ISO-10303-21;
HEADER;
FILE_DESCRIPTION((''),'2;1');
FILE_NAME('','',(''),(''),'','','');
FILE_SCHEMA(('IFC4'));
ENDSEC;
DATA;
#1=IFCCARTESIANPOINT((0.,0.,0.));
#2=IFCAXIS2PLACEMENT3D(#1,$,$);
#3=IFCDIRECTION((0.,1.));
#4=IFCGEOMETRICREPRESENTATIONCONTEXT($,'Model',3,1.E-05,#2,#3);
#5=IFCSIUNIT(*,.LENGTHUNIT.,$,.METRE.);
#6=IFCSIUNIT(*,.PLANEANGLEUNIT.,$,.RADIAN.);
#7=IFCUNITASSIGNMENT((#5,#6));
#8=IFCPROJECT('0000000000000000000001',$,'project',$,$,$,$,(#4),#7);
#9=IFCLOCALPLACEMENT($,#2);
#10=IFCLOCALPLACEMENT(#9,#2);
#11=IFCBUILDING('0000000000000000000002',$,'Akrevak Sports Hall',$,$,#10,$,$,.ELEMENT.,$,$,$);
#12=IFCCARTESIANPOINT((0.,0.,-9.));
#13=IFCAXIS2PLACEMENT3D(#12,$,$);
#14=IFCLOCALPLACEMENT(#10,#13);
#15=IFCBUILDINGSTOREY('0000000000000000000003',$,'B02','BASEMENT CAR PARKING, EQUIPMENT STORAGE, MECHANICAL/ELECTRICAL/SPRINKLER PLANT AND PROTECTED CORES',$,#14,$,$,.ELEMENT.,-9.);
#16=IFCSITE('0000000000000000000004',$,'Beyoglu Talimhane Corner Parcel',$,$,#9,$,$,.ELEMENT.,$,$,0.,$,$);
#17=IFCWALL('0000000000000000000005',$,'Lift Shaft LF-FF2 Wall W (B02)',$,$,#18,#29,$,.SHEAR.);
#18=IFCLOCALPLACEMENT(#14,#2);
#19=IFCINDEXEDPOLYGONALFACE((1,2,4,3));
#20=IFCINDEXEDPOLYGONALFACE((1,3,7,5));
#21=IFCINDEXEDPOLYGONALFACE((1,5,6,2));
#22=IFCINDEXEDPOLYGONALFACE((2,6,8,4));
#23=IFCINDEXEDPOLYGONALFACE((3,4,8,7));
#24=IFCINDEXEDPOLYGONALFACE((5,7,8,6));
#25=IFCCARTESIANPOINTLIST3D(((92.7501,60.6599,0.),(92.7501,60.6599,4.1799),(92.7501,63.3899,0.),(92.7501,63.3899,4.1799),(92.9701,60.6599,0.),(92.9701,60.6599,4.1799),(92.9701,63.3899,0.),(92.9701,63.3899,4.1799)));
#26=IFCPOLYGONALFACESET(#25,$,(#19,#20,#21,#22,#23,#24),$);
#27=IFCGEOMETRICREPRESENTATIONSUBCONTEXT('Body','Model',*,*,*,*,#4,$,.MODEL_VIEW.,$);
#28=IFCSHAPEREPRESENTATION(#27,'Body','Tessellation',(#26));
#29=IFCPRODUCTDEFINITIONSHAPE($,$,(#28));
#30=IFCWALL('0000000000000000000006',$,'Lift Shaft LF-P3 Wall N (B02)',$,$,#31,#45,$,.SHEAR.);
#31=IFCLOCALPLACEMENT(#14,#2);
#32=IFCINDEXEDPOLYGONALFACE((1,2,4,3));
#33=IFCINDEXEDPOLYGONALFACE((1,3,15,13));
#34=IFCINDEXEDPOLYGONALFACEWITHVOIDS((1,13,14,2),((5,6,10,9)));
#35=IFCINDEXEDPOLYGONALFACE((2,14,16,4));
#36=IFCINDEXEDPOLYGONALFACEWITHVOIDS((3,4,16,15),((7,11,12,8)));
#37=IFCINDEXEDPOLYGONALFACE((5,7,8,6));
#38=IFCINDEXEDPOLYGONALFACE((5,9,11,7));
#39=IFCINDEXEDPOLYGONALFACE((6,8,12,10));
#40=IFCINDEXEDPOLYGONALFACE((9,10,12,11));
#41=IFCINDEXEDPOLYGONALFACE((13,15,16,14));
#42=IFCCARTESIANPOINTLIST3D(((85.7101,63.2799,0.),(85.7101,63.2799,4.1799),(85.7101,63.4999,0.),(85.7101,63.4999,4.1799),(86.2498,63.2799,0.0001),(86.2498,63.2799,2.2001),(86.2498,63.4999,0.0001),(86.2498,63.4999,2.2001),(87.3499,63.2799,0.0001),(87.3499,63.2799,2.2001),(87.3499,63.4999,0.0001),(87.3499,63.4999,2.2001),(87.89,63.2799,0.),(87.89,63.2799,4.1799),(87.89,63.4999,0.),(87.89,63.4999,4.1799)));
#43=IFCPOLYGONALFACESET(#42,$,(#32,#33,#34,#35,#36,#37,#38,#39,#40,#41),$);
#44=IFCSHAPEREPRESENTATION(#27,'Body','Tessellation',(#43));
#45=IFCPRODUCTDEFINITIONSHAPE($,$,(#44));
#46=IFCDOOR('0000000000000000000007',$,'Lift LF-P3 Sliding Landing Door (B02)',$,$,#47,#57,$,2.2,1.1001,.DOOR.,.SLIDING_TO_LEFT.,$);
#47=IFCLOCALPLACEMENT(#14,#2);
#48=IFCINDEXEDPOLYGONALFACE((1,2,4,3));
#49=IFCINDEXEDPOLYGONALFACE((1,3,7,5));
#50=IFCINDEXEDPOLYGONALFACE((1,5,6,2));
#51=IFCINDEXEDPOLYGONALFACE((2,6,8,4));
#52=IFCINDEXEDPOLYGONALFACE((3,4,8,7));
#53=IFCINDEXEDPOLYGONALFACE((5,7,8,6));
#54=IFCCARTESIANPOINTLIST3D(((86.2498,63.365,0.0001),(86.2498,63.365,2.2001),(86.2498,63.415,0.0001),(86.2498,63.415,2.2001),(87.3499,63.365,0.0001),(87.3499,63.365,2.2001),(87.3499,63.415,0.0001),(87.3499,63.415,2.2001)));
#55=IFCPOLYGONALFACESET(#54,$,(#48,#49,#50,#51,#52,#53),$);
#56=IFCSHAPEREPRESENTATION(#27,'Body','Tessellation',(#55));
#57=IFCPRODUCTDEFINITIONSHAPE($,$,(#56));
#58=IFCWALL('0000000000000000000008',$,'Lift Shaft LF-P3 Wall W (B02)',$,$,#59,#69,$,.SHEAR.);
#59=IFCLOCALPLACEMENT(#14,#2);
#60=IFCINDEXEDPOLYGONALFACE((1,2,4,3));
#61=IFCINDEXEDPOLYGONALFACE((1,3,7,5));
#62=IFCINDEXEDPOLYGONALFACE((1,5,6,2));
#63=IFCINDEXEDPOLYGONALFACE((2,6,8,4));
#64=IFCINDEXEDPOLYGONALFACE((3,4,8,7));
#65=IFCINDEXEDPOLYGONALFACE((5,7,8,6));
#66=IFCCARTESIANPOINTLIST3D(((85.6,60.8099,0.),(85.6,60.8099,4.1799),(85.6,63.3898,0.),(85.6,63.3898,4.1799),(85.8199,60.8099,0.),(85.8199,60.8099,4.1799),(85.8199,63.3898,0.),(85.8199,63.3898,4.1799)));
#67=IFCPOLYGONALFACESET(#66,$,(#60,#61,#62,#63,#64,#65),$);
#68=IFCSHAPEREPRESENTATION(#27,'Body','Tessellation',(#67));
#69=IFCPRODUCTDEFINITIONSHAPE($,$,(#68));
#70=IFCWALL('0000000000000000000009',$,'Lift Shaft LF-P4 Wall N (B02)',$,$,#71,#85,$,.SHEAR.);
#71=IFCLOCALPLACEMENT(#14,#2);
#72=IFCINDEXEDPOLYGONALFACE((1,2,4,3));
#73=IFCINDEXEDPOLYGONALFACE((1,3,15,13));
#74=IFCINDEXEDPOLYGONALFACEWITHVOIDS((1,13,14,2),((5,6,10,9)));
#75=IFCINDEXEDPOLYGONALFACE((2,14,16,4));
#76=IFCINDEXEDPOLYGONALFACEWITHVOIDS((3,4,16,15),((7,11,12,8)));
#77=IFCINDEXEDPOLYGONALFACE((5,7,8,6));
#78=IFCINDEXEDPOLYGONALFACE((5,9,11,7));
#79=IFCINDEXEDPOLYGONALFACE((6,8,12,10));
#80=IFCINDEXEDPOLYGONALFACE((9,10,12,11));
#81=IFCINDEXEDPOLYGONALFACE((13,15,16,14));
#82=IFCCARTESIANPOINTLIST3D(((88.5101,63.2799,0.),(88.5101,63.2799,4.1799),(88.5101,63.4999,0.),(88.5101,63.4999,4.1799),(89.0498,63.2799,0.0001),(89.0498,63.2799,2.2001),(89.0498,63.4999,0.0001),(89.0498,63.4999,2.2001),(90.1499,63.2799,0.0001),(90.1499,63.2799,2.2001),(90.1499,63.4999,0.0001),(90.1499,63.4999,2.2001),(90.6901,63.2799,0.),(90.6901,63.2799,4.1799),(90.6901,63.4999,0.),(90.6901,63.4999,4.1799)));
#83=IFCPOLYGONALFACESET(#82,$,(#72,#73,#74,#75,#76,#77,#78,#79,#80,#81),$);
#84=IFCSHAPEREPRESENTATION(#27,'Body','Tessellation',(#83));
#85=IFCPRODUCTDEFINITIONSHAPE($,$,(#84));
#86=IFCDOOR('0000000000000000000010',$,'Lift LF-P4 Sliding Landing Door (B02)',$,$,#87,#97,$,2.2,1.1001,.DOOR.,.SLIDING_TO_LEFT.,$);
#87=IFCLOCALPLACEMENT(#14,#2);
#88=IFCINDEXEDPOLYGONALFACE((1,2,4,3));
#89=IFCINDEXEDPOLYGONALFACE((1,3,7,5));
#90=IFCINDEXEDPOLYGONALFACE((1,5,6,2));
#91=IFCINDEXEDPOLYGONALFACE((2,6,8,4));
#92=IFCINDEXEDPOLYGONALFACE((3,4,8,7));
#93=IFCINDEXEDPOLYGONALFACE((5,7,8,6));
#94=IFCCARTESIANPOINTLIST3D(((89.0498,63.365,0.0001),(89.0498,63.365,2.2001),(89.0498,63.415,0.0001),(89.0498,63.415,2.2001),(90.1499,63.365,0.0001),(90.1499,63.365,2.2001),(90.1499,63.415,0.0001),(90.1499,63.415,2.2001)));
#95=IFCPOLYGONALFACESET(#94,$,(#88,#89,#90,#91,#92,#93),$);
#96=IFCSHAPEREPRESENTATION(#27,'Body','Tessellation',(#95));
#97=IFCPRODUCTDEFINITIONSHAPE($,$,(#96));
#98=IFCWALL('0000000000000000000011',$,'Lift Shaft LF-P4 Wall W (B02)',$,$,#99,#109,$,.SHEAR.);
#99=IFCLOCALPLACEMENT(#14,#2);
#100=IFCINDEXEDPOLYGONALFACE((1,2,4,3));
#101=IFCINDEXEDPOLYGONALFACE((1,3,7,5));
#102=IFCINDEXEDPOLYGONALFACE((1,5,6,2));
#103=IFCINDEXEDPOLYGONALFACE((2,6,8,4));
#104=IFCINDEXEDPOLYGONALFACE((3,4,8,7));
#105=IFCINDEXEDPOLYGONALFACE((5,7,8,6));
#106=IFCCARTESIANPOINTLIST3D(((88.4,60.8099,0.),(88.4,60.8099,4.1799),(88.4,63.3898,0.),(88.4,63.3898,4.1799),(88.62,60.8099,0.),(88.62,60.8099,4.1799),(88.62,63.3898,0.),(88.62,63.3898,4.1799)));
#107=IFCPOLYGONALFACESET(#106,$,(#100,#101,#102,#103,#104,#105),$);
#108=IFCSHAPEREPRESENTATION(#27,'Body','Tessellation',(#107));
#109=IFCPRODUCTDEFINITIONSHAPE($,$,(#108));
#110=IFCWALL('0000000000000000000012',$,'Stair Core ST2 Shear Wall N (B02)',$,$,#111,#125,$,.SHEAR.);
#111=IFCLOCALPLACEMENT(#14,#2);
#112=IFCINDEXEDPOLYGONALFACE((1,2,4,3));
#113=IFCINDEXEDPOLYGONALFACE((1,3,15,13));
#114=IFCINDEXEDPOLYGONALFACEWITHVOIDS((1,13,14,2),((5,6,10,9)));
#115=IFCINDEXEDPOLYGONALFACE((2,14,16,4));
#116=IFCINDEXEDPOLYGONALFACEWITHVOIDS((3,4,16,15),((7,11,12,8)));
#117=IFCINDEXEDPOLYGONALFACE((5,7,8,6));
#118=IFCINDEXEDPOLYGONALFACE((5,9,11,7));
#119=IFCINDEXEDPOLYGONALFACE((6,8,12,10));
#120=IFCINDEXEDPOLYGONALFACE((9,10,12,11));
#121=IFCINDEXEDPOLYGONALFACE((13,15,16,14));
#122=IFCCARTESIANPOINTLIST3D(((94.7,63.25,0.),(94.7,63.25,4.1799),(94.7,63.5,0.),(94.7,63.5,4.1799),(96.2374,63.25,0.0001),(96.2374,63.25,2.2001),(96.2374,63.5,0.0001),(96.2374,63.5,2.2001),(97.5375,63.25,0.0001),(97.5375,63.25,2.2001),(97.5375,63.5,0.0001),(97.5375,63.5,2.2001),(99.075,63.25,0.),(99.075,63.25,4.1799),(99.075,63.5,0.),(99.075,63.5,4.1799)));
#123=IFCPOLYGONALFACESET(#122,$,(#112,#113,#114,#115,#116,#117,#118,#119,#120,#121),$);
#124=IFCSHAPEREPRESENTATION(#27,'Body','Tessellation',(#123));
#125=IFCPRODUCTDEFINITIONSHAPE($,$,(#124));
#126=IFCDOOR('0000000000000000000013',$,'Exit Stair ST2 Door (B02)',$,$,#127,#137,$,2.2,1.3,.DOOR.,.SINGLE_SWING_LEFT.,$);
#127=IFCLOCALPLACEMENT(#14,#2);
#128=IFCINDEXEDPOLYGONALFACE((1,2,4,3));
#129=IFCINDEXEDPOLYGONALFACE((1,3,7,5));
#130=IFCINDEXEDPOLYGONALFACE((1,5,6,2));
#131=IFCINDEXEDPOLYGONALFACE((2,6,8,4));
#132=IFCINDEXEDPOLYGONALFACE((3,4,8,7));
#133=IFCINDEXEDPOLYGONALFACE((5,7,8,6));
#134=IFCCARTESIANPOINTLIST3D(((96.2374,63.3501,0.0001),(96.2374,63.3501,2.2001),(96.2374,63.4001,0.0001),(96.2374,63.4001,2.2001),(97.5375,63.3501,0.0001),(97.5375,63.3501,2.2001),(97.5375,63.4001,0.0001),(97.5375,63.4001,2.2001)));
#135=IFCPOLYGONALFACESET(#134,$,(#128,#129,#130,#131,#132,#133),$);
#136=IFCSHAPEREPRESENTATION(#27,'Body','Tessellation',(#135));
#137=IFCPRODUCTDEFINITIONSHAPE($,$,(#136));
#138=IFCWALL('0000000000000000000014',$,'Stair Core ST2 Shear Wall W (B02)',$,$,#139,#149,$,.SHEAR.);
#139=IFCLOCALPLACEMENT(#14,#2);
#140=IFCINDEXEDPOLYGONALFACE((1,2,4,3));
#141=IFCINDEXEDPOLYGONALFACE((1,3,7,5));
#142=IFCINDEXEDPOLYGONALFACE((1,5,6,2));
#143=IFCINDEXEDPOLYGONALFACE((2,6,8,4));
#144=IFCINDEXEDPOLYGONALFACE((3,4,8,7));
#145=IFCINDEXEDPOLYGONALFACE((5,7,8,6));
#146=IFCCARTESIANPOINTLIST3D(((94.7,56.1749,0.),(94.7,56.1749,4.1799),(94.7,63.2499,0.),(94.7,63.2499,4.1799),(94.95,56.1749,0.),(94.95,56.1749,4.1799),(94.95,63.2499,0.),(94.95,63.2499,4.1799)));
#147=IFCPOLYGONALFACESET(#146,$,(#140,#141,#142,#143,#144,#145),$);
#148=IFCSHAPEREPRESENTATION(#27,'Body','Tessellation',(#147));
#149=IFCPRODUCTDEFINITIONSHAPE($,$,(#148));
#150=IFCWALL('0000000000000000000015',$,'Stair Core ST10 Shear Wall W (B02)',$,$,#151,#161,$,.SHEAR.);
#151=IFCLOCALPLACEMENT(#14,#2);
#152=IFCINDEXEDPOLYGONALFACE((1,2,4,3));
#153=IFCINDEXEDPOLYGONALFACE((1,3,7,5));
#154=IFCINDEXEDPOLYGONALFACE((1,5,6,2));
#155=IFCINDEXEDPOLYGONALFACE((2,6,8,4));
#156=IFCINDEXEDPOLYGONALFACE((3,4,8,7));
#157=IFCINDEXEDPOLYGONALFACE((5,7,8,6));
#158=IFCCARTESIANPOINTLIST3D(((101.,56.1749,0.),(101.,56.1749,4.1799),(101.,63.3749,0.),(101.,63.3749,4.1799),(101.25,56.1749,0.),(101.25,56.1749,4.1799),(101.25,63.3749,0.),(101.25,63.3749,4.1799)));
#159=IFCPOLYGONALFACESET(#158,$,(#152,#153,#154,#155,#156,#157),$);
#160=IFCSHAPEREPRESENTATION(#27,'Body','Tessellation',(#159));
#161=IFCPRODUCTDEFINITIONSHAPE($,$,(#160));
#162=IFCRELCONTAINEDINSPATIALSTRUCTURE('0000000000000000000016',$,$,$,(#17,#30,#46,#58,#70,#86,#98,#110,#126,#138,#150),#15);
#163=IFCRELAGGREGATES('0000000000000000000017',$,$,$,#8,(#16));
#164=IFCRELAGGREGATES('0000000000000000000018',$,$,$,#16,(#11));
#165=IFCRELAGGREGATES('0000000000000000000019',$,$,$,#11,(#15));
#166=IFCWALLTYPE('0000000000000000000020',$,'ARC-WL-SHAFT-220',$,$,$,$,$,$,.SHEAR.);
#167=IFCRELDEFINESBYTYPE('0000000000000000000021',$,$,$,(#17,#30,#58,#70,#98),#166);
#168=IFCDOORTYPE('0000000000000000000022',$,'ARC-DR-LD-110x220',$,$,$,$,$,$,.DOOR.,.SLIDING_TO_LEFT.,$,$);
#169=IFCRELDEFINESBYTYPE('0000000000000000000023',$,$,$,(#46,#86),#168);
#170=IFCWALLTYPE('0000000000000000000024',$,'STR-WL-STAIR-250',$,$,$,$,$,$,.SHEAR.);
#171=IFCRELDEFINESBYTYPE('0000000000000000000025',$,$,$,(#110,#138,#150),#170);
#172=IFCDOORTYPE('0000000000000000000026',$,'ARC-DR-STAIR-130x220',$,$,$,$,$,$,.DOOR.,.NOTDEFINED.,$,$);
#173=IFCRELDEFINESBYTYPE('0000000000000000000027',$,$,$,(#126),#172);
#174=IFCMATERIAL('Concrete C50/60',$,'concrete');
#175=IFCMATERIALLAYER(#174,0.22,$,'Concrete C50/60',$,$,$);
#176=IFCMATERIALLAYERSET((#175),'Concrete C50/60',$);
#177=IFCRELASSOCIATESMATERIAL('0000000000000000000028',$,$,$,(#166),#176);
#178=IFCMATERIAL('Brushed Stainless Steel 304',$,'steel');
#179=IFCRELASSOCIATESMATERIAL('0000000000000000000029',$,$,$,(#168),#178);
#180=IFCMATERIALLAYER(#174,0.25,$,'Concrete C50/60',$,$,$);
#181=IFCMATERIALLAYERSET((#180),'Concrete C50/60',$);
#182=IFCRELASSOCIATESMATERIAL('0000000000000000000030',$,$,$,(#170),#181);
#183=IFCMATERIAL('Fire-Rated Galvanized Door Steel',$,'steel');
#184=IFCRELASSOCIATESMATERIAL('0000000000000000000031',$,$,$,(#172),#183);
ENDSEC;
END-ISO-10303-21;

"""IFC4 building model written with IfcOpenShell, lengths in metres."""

from ifc_helpers import new_model, si_unit, direction, frame, frame_2d, origin, place, context, subcontext, project, spatial, rectangle, extrude, material, layer, layer_set, type_object, element, fill, save


model = new_model("IFC4")

# Units and contexts
model_context = context("Model", 3, precision=1e-05, world=origin(), true_north=direction((0.0, 1.0)))
body_context = subcontext(model_context, "Body", "Model", "MODEL_VIEW")
ifc_project = project(units=[si_unit("LENGTHUNIT", "METRE"), si_unit("PLANEANGLEUNIT", "RADIAN")], contexts=[model_context])

# Site, building, storey
site_placement = place(None, origin())
site = spatial("IfcSite", under=ifc_project, at=site_placement, Name="Beyoglu Talimhane Corner Parcel", CompositionType="ELEMENT", RefElevation=0.0)
building_placement = place(site_placement, origin())
building = spatial("IfcBuilding", under=site, at=building_placement, Name="Akrevak Sports Hall", CompositionType="ELEMENT")
storey_placement = place(building_placement, frame((0.0, 0.0, -9.0)))
storey = spatial("IfcBuildingStorey", under=building, at=storey_placement, Name="B02", Description="BASEMENT CAR PARKING, EQUIPMENT STORAGE, MECHANICAL/ELECTRICAL/SPRINKLER PLANT AND PROTECTED CORES", CompositionType="ELEMENT", Elevation=-9.0)

# Shared definitions
ifc_material_1 = material(Name="Concrete C50/60", Category="concrete")

# Shared definitions
ifc_material_2 = material(Name="Fire-Rated Galvanized Door Steel", Category="steel")

# Shared definitions
ifc_layer_1 = layer(ifc_material_1, 0.22, Name="Concrete C50/60")
ifc_layer_set_1 = layer_set([ifc_layer_1], Name="Concrete C50/60")
wall_type_1 = type_object("IfcWallType", Name="ARC-WL-SHAFT-220", PredefinedType="SHEAR", material=ifc_layer_set_1)
ifc_material_3 = material(Name="Brushed Stainless Steel 304", Category="steel")
door_type_1 = type_object("IfcDoorType", Name="ARC-DR-LD-110x220", OperationType="SLIDING_TO_LEFT", PredefinedType="DOOR", material=ifc_material_3)

# Wall
wall_1_placement = place(storey_placement, frame((92.8601, 63.3899, 0.0), z_axis=(0.0, 0.0, 1.0), x_axis=(0.0, -1.0, 0.0)))
element("IfcWall", 1, at=wall_1_placement, inside=storey, type_object=wall_type_1, Name="Lift Shaft LF-FF2 Wall W (B02)", PredefinedType="SHEAR", context=body_context, shape_type="SweptSolid", body=[
    extrude(rectangle(XDim=2.73, YDim=0.22, at=frame_2d((1.365, 0.0))), origin(), (0.0, 0.0, 1.0), 4.1799),
])

# Wall, opening, door
wall_2_placement = place(storey_placement, frame((87.8899, 63.3899, 0.0), z_axis=(0.0, 0.0, 1.0), x_axis=(-1.0, 0.0, 0.0)))
wall_2 = element("IfcWall", 2, at=wall_2_placement, inside=storey, type_object=wall_type_1, Name="Lift Shaft LF-P3 Wall N (B02)", PredefinedType="SHEAR", context=body_context, shape_type="SweptSolid", body=[
    extrude(rectangle(XDim=2.1799, YDim=0.22, at=frame_2d((1.0898, 0.0))), origin(), (0.0, 0.0, 1.0), 4.1799),
])
opening_1_placement = place(wall_2_placement, frame((0.54, 0.0, 0.0)))
opening_1 = element("IfcOpeningElement", 3, at=opening_1_placement, cuts=wall_2, PredefinedType="OPENING", context=body_context, shape_type="SweptSolid", body=[
    extrude(rectangle(XDim=1.1001, YDim=2.2, at=frame_2d((0.55, 1.1001))), frame((0.0, 0.1221, 0.0), z_axis=(0.0, -1.0, 0.0), x_axis=(1.0, 0.0, 0.0)), (0.0, 0.0, 1.0), 0.2439),
])
door_1_placement = place(opening_1_placement, origin())
door_1 = element("IfcDoor", 4, at=door_1_placement, inside=storey, type_object=door_type_1, Name="Lift LF-P3 Sliding Landing Door (B02)", OperationType="SLIDING_TO_LEFT", OverallHeight=2.2, OverallWidth=1.1001, PredefinedType="DOOR", context=body_context, shape_type="SweptSolid", body=[
    extrude(rectangle(XDim=1.1001, YDim=2.2, at=frame_2d((0.55, 1.1001))), frame((0.0, 0.0249, 0.0), z_axis=(0.0, -1.0, 0.0), x_axis=(1.0, 0.0, 0.0)), (0.0, 0.0, 1.0), 0.05),
])
fill(opening_1, door_1)

# Wall
wall_3_placement = place(storey_placement, frame((85.71, 63.3899, 0.0), z_axis=(0.0, 0.0, 1.0), x_axis=(0.0, -1.0, 0.0)))
element("IfcWall", 5, at=wall_3_placement, inside=storey, type_object=wall_type_1, Name="Lift Shaft LF-P3 Wall W (B02)", PredefinedType="SHEAR", context=body_context, shape_type="SweptSolid", body=[
    extrude(rectangle(XDim=2.5798, YDim=0.22, at=frame_2d((1.29, 0.0))), origin(), (0.0, 0.0, 1.0), 4.1799),
])

# Wall, opening, door
wall_4_placement = place(storey_placement, frame((90.6899, 63.3899, 0.0), z_axis=(0.0, 0.0, 1.0), x_axis=(-1.0, 0.0, 0.0)))
wall_4 = element("IfcWall", 6, at=wall_4_placement, inside=storey, type_object=wall_type_1, Name="Lift Shaft LF-P4 Wall N (B02)", PredefinedType="SHEAR", context=body_context, shape_type="SweptSolid", body=[
    extrude(rectangle(XDim=2.1799, YDim=0.22, at=frame_2d((1.0898, 0.0))), origin(), (0.0, 0.0, 1.0), 4.1799),
])
opening_2_placement = place(wall_4_placement, frame((0.54, 0.0, 0.0)))
opening_2 = element("IfcOpeningElement", 7, at=opening_2_placement, cuts=wall_4, PredefinedType="OPENING", context=body_context, shape_type="SweptSolid", body=[
    extrude(rectangle(XDim=1.1001, YDim=2.2, at=frame_2d((0.55, 1.1001))), frame((0.0, 0.1221, 0.0), z_axis=(0.0, -1.0, 0.0), x_axis=(1.0, 0.0, 0.0)), (0.0, 0.0, 1.0), 0.2439),
])
door_2_placement = place(opening_2_placement, origin())
door_2 = element("IfcDoor", 8, at=door_2_placement, inside=storey, type_object=door_type_1, Name="Lift LF-P4 Sliding Landing Door (B02)", OperationType="SLIDING_TO_LEFT", OverallHeight=2.2, OverallWidth=1.1001, PredefinedType="DOOR", context=body_context, shape_type="SweptSolid", body=[
    extrude(rectangle(XDim=1.1001, YDim=2.2, at=frame_2d((0.55, 1.1001))), frame((0.0, 0.0249, 0.0), z_axis=(0.0, -1.0, 0.0), x_axis=(1.0, 0.0, 0.0)), (0.0, 0.0, 1.0), 0.05),
])
fill(opening_2, door_2)

# Wall
wall_5_placement = place(storey_placement, frame((88.51, 63.3899, 0.0), z_axis=(0.0, 0.0, 1.0), x_axis=(0.0, -1.0, 0.0)))
element("IfcWall", 9, at=wall_5_placement, inside=storey, type_object=wall_type_1, Name="Lift Shaft LF-P4 Wall W (B02)", PredefinedType="SHEAR", context=body_context, shape_type="SweptSolid", body=[
    extrude(rectangle(XDim=2.5798, YDim=0.22, at=frame_2d((1.29, 0.0))), origin(), (0.0, 0.0, 1.0), 4.1799),
])

# Wall, opening, door
ifc_layer_2 = layer(ifc_material_1, 0.25, Name="Concrete C50/60")
ifc_layer_set_2 = layer_set([ifc_layer_2], Name="Concrete C50/60")
wall_type_2 = type_object("IfcWallType", Name="STR-WL-STAIR-250", PredefinedType="SHEAR", material=ifc_layer_set_2)
wall_6_placement = place(storey_placement, frame((99.075, 63.375, 0.0), z_axis=(0.0, 0.0, 1.0), x_axis=(-1.0, 0.0, 0.0)))
wall_6 = element("IfcWall", 10, at=wall_6_placement, inside=storey, type_object=wall_type_2, Name="Stair Core ST2 Shear Wall N (B02)", PredefinedType="SHEAR", context=body_context, shape_type="SweptSolid", body=[
    extrude(rectangle(XDim=4.375, YDim=0.25, at=frame_2d((2.1875, 0.0))), origin(), (0.0, 0.0, 1.0), 4.1799),
])
opening_3_placement = place(wall_6_placement, frame((1.5376, 0.0, 0.0)))
opening_3 = element("IfcOpeningElement", 11, at=opening_3_placement, cuts=wall_6, PredefinedType="OPENING", context=body_context, shape_type="SweptSolid", body=[
    extrude(rectangle(XDim=1.3, YDim=2.2, at=frame_2d((0.6499, 1.1001))), frame((0.0, 0.137, 0.0), z_axis=(0.0, -1.0, 0.0), x_axis=(1.0, 0.0, 0.0)), (0.0, 0.0, 1.0), 0.2739),
])
door_type_2 = type_object("IfcDoorType", Name="ARC-DR-STAIR-130x220", OperationType="NOTDEFINED", PredefinedType="DOOR", material=ifc_material_2)
door_3_placement = place(opening_3_placement, origin())
door_3 = element("IfcDoor", 12, at=door_3_placement, inside=storey, type_object=door_type_2, Name="Exit Stair ST2 Door (B02)", OperationType="SINGLE_SWING_LEFT", OverallHeight=2.2, OverallWidth=1.3, PredefinedType="DOOR", context=body_context, shape_type="SweptSolid", body=[
    extrude(rectangle(XDim=1.3, YDim=2.2, at=frame_2d((0.6499, 1.1001))), frame((0.0, 0.0249, 0.0), z_axis=(0.0, -1.0, 0.0), x_axis=(1.0, 0.0, 0.0)), (0.0, 0.0, 1.0), 0.05),
])
fill(opening_3, door_3)

# Walls
wall_7_placement = place(storey_placement, frame((94.825, 63.25, 0.0), z_axis=(0.0, 0.0, 1.0), x_axis=(0.0, -1.0, 0.0)))
element("IfcWall", 13, at=wall_7_placement, inside=storey, type_object=wall_type_2, Name="Stair Core ST2 Shear Wall W (B02)", PredefinedType="SHEAR", context=body_context, shape_type="SweptSolid", body=[
    extrude(rectangle(XDim=7.075, YDim=0.25, at=frame_2d((3.5376, 0.0))), origin(), (0.0, 0.0, 1.0), 4.1799),
])
wall_8_placement = place(storey_placement, frame((101.125, 63.375, 0.0), z_axis=(0.0, 0.0, 1.0), x_axis=(0.0, -1.0, 0.0)))
element("IfcWall", 14, at=wall_8_placement, inside=storey, type_object=wall_type_2, Name="Stair Core ST10 Shear Wall W (B02)", PredefinedType="SHEAR", context=body_context, shape_type="SweptSolid", body=[
    extrude(rectangle(XDim=7.2, YDim=0.25, at=frame_2d((3.6001, 0.0))), origin(), (0.0, 0.0, 1.0), 4.1799),
])

save(model, "model.ifc")
